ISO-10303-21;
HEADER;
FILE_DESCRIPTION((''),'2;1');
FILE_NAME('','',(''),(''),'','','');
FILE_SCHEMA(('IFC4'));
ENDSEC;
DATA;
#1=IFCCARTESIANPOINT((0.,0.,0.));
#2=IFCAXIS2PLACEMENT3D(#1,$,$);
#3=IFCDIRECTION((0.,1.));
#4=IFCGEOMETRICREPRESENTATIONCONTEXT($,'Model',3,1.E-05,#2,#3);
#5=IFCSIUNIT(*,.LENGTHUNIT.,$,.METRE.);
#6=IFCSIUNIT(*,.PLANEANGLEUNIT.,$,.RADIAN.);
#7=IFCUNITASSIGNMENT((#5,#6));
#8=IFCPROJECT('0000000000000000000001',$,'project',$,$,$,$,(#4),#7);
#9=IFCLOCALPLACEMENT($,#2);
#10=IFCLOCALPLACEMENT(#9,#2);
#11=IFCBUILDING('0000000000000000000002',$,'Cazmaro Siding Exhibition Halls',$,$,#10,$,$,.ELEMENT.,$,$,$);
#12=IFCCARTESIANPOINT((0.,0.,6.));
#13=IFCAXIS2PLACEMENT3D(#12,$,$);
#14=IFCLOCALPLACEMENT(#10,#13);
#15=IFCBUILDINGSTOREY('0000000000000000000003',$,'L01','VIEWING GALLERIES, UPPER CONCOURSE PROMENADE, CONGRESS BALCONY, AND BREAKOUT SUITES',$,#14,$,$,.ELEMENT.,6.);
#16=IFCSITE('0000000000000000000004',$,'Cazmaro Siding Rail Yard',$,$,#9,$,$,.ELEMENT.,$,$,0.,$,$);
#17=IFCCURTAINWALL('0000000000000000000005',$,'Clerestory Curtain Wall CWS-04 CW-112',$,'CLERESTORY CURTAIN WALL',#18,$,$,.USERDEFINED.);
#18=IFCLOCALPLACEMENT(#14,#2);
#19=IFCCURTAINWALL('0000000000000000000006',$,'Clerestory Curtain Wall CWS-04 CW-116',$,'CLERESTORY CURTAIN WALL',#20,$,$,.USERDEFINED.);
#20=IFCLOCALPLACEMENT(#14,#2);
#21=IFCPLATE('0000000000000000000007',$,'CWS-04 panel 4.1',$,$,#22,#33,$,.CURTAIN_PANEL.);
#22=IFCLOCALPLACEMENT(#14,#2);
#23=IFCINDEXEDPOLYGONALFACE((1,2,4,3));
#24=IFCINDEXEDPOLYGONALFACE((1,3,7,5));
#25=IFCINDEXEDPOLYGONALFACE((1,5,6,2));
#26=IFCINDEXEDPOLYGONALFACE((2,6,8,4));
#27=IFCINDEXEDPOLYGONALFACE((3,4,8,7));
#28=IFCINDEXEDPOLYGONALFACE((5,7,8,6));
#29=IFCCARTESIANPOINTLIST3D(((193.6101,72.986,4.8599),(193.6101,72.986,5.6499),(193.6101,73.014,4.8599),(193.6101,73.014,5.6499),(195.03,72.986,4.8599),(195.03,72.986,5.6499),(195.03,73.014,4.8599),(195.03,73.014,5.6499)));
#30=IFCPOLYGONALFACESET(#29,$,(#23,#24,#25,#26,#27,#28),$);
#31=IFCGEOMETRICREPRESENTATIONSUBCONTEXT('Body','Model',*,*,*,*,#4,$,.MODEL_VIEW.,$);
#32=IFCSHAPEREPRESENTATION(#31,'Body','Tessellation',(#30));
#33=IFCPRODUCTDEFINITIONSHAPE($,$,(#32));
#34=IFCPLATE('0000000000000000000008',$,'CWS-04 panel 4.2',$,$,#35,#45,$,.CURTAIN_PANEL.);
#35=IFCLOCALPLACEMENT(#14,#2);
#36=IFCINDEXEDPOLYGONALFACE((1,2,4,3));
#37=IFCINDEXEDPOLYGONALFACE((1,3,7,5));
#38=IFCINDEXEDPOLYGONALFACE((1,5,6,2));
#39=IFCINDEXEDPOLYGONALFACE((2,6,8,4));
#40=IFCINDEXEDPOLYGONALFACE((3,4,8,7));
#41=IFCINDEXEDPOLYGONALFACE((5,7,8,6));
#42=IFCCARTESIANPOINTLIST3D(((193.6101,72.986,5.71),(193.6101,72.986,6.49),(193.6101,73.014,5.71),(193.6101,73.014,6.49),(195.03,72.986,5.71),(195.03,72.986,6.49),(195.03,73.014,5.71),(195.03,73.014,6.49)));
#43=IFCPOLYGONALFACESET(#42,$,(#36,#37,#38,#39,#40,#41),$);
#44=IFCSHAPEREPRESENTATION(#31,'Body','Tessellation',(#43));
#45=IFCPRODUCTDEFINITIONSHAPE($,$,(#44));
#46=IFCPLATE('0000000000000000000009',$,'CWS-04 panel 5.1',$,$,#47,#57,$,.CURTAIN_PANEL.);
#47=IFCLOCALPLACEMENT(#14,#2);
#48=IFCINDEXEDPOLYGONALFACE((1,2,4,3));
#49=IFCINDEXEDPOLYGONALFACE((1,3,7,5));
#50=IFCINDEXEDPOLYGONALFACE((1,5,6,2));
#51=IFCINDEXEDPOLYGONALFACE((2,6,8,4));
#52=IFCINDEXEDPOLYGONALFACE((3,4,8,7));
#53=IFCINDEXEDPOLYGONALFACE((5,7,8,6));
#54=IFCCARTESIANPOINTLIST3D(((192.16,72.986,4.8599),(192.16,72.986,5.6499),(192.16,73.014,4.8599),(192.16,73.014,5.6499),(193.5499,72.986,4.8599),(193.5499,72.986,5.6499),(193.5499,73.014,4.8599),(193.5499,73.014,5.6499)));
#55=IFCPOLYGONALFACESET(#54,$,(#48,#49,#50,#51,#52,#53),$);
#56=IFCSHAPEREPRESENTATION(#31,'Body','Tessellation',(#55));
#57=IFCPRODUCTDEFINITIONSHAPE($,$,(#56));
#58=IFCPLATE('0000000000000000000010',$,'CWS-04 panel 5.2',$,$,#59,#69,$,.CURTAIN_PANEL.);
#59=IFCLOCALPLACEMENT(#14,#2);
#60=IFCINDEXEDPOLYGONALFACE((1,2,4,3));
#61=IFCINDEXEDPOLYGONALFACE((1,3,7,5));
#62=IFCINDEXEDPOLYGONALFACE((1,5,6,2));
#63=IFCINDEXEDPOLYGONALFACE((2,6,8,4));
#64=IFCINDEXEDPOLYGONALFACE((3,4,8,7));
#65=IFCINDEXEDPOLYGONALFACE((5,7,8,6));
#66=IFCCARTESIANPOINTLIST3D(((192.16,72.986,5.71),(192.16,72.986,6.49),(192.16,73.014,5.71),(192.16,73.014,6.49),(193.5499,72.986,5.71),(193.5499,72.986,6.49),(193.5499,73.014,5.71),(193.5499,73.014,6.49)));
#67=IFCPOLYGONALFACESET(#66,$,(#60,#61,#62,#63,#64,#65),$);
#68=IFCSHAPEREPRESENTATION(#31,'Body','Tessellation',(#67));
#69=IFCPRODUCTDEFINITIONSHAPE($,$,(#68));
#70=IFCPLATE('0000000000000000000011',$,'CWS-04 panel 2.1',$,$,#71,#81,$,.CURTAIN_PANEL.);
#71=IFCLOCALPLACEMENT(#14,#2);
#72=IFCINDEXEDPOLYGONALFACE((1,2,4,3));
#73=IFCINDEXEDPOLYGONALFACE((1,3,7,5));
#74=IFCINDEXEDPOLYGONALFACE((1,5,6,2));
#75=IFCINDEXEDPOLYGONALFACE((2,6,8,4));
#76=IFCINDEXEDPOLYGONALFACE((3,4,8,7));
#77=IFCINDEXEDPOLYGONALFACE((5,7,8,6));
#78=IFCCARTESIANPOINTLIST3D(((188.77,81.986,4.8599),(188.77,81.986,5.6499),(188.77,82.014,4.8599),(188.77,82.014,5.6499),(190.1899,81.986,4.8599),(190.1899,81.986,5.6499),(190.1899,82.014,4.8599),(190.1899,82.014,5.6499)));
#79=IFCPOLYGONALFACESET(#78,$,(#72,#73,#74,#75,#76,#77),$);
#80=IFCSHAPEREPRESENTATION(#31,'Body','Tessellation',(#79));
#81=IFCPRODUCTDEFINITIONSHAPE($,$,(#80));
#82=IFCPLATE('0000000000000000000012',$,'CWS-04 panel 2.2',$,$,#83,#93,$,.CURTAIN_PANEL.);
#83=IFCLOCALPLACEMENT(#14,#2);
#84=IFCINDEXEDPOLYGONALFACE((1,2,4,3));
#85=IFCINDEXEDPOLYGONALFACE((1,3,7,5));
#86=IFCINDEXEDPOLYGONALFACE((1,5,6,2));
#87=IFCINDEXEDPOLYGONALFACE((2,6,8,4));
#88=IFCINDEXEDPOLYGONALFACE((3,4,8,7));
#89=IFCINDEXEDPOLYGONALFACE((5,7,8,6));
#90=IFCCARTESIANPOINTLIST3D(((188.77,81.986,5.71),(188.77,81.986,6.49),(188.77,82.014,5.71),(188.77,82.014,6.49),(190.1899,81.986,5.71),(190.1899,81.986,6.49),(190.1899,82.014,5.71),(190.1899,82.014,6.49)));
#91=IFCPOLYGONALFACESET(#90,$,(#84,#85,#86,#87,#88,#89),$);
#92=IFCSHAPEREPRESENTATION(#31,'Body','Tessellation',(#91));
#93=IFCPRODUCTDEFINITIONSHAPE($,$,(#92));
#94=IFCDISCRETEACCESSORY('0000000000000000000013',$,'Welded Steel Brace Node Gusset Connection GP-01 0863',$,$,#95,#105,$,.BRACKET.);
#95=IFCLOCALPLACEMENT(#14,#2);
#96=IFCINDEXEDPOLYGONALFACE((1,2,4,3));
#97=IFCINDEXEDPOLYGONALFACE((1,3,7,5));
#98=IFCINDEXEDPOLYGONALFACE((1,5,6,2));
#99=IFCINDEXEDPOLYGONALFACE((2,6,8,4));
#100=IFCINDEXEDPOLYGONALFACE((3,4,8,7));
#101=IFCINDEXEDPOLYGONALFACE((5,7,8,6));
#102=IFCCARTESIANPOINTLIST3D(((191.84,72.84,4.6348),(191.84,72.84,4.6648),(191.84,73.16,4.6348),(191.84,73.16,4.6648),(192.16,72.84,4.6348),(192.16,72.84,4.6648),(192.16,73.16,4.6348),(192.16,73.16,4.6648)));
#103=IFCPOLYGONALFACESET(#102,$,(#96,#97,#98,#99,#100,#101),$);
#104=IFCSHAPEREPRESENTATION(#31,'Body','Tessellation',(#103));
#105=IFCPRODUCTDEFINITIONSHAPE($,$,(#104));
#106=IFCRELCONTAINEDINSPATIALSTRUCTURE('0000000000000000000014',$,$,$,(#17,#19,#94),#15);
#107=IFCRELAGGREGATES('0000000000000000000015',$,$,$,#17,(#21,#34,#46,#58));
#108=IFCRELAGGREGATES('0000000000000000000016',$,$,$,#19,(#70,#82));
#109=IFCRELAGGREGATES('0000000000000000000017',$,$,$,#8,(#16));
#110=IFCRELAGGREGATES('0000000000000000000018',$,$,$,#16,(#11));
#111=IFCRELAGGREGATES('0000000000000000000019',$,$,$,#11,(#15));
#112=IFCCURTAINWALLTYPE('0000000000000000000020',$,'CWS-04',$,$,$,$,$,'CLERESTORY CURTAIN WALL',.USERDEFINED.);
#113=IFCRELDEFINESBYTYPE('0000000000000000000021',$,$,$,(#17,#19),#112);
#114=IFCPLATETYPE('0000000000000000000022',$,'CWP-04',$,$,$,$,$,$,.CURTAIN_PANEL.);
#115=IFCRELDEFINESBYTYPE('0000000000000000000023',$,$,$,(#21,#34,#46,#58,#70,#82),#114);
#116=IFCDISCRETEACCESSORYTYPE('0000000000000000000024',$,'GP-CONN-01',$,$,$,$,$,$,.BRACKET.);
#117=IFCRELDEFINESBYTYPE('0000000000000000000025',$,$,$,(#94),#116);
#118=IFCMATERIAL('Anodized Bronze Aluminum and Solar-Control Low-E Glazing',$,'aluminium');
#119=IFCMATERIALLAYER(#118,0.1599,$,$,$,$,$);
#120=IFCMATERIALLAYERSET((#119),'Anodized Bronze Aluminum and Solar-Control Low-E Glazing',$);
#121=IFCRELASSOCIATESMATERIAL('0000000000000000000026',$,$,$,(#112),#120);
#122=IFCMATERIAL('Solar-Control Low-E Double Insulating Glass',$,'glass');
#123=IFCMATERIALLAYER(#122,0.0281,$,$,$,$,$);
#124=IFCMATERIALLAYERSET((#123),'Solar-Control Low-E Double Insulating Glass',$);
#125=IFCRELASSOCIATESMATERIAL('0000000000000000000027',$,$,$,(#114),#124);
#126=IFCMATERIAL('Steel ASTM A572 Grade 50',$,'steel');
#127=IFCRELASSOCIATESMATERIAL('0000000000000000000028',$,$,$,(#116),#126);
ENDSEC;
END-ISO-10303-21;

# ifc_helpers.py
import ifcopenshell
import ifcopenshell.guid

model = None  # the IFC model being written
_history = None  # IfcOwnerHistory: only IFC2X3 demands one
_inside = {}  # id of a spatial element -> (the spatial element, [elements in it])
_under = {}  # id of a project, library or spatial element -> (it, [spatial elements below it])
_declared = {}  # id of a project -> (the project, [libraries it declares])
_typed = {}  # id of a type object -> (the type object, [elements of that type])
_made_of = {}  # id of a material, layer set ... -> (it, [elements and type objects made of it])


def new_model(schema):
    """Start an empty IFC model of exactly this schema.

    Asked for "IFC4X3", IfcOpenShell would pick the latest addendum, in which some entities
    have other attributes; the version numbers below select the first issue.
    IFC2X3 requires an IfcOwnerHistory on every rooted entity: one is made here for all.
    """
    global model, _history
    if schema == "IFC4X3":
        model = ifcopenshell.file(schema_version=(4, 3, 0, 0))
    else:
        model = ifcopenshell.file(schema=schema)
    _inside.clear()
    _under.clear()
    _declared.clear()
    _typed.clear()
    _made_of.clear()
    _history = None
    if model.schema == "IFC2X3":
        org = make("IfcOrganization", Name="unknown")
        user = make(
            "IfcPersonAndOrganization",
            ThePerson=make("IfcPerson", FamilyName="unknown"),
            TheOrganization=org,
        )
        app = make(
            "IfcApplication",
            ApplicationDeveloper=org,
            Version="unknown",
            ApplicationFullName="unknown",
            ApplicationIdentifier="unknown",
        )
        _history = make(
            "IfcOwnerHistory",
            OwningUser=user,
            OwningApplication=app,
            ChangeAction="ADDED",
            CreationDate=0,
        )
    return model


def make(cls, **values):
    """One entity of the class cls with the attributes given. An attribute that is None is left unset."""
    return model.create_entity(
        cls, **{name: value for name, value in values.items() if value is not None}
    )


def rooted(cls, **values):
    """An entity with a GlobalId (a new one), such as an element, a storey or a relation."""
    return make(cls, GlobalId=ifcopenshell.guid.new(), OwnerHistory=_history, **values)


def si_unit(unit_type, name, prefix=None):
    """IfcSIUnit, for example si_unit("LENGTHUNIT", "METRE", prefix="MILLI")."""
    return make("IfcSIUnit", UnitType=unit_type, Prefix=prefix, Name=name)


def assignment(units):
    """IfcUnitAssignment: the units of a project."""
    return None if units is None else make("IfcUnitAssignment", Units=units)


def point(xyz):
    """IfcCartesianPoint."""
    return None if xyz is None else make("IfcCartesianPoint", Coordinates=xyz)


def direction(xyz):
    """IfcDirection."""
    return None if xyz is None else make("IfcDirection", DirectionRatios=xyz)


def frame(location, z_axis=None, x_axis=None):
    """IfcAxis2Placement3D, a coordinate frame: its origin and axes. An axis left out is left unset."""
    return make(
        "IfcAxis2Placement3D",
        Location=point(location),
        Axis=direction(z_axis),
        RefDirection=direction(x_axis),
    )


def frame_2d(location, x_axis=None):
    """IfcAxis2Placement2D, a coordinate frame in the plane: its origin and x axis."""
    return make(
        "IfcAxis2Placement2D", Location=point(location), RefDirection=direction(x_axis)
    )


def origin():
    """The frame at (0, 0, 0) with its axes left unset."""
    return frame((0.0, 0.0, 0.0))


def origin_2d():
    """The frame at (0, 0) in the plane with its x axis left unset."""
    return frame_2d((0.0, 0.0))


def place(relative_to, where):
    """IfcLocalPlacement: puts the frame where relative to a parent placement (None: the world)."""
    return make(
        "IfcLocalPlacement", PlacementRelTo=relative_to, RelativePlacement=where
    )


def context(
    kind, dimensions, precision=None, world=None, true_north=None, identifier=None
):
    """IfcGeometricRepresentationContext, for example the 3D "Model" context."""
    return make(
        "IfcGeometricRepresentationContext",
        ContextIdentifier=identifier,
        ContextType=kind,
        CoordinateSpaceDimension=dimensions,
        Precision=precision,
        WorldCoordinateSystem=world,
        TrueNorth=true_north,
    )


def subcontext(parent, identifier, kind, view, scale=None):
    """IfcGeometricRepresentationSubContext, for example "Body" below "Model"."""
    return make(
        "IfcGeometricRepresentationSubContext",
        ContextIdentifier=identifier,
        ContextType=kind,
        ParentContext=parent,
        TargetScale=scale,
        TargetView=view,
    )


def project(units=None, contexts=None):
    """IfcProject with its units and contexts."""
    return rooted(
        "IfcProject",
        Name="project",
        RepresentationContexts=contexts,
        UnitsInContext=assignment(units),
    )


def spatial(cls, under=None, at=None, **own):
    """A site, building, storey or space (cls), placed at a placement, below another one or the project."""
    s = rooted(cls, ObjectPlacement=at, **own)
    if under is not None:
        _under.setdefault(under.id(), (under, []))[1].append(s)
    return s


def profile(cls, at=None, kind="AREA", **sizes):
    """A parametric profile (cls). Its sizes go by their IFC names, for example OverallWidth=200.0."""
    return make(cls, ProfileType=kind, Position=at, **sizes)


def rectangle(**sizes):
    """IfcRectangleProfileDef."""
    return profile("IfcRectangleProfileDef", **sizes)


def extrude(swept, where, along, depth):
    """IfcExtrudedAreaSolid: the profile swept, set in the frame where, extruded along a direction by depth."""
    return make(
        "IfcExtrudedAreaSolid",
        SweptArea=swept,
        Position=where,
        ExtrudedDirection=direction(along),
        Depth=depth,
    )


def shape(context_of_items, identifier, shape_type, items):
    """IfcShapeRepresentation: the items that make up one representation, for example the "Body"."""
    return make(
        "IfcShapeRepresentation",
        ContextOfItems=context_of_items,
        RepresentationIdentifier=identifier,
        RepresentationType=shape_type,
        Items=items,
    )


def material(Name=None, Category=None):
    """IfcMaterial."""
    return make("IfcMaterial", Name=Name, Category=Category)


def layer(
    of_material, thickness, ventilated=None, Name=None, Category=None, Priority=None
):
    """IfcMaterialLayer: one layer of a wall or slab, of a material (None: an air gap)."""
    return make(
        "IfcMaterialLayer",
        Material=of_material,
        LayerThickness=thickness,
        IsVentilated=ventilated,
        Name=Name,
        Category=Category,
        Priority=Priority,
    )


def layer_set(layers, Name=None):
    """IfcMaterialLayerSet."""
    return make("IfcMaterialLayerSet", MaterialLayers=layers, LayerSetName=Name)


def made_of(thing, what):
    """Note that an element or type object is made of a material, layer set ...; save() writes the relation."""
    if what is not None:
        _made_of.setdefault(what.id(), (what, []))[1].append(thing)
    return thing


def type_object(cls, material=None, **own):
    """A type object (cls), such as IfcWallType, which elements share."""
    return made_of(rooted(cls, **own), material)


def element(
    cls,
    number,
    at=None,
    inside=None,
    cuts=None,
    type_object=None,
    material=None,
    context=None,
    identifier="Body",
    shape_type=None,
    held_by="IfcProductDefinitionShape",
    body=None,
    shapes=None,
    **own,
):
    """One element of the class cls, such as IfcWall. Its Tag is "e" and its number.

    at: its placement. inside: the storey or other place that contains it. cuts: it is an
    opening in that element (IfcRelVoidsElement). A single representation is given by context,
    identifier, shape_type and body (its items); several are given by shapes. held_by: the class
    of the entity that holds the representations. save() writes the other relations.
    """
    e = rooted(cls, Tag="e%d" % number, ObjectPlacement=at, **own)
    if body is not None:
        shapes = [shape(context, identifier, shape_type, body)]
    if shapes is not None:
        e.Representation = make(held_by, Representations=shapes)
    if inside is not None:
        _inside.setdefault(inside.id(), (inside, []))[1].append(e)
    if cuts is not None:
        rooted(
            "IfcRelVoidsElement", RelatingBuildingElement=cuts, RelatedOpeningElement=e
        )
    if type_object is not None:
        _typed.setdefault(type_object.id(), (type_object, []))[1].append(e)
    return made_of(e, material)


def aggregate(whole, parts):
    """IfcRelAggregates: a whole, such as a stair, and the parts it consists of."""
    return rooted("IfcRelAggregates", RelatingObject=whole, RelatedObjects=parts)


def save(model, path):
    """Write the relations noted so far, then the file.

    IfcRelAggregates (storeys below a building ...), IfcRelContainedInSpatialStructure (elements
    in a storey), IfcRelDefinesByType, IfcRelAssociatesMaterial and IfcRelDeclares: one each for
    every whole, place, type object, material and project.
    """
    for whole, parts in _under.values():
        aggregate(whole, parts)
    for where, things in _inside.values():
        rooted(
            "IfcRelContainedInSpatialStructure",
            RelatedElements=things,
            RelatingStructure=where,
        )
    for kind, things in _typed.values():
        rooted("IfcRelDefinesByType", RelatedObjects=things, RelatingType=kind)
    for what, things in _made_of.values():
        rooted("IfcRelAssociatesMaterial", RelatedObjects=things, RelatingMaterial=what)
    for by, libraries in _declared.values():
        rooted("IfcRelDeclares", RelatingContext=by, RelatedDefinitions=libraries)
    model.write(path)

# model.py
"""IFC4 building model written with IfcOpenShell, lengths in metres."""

from ifc_helpers import new_model, si_unit, direction, frame, origin, origin_2d, place, context, subcontext, project, spatial, rectangle, extrude, material, layer, layer_set, type_object, element, aggregate, save


model = new_model("IFC4")

# Units and contexts
model_context = context("Model", 3, precision=1e-05, world=origin(), true_north=direction((0.0, 1.0)))
body_context = subcontext(model_context, "Body", "Model", "MODEL_VIEW")
ifc_project = project(units=[si_unit("LENGTHUNIT", "METRE"), si_unit("PLANEANGLEUNIT", "RADIAN")], contexts=[model_context])

# Site, building, storey
site_placement = place(None, origin())
site = spatial("IfcSite", under=ifc_project, at=site_placement, Name="Cazmaro Siding Rail Yard", CompositionType="ELEMENT", RefElevation=0.0)
building_placement = place(site_placement, origin())
building = spatial("IfcBuilding", under=site, at=building_placement, Name="Cazmaro Siding Exhibition Halls", CompositionType="ELEMENT")
storey_placement = place(building_placement, frame((0.0, 0.0, 6.0)))
storey = spatial("IfcBuildingStorey", under=building, at=storey_placement, Name="L01", Description="VIEWING GALLERIES, UPPER CONCOURSE PROMENADE, CONGRESS BALCONY, AND BREAKOUT SUITES", CompositionType="ELEMENT", Elevation=6.0)

# Curtain wall
ifc_material_1 = material(Name="Anodized Bronze Aluminum and Solar-Control Low-E Glazing", Category="aluminium")
ifc_layer_1 = layer(ifc_material_1, 0.1599)
ifc_layer_set_1 = layer_set([ifc_layer_1], Name="Anodized Bronze Aluminum and Solar-Control Low-E Glazing")
curtain_wall_type = type_object("IfcCurtainWallType", Name="CWS-04", ElementType="CLERESTORY CURTAIN WALL", PredefinedType="USERDEFINED", material=ifc_layer_set_1)
curtain_wall_1_placement = place(storey_placement, origin())
curtain_wall_1 = element("IfcCurtainWall", 1, at=curtain_wall_1_placement, inside=storey, type_object=curtain_wall_type, Name="Clerestory Curtain Wall CWS-04 CW-112", ObjectType="CLERESTORY CURTAIN WALL", PredefinedType="USERDEFINED")

# Curtain wall
curtain_wall_2_placement = place(storey_placement, origin())
curtain_wall_2 = element("IfcCurtainWall", 2, at=curtain_wall_2_placement, inside=storey, type_object=curtain_wall_type, Name="Clerestory Curtain Wall CWS-04 CW-116", ObjectType="CLERESTORY CURTAIN WALL", PredefinedType="USERDEFINED")

# Plates
ifc_material_2 = material(Name="Solar-Control Low-E Double Insulating Glass", Category="glass")
ifc_layer_2 = layer(ifc_material_2, 0.0281)
ifc_layer_set_2 = layer_set([ifc_layer_2], Name="Solar-Control Low-E Double Insulating Glass")
plate_type = type_object("IfcPlateType", Name="CWP-04", PredefinedType="CURTAIN_PANEL", material=ifc_layer_set_2)
plate_1_placement = place(storey_placement, frame((194.3201, 73.0, 4.8599), z_axis=(0.0, 0.0, 1.0), x_axis=(-1.0, 0.0, 0.0)))
plate_1 = element("IfcPlate", 3, at=plate_1_placement, type_object=plate_type, Name="CWS-04 panel 4.1", PredefinedType="CURTAIN_PANEL", context=body_context, shape_type="SweptSolid", body=[
    extrude(rectangle(XDim=1.4199, YDim=0.0281, at=origin_2d()), origin(), (0.0, 0.0, 1.0), 0.79),
])
plate_2_placement = place(storey_placement, frame((194.3201, 73.0, 5.71), z_axis=(0.0, 0.0, 1.0), x_axis=(-1.0, 0.0, 0.0)))
plate_2 = element("IfcPlate", 4, at=plate_2_placement, type_object=plate_type, Name="CWS-04 panel 4.2", PredefinedType="CURTAIN_PANEL", context=body_context, shape_type="SweptSolid", body=[
    extrude(rectangle(XDim=1.4199, YDim=0.0281, at=origin_2d()), origin(), (0.0, 0.0, 1.0), 0.78),
])
plate_3_placement = place(storey_placement, frame((192.855, 73.0, 4.8599), z_axis=(0.0, 0.0, 1.0), x_axis=(-1.0, 0.0, 0.0)))
plate_3 = element("IfcPlate", 5, at=plate_3_placement, type_object=plate_type, Name="CWS-04 panel 5.1", PredefinedType="CURTAIN_PANEL", context=body_context, shape_type="SweptSolid", body=[
    extrude(rectangle(XDim=1.3899, YDim=0.0281, at=origin_2d()), origin(), (0.0, 0.0, 1.0), 0.79),
])
plate_4_placement = place(storey_placement, frame((192.855, 73.0, 5.71), z_axis=(0.0, 0.0, 1.0), x_axis=(-1.0, 0.0, 0.0)))
plate_4 = element("IfcPlate", 6, at=plate_4_placement, type_object=plate_type, Name="CWS-04 panel 5.2", PredefinedType="CURTAIN_PANEL", context=body_context, shape_type="SweptSolid", body=[
    extrude(rectangle(XDim=1.3899, YDim=0.0281, at=origin_2d()), origin(), (0.0, 0.0, 1.0), 0.78),
])
aggregate(curtain_wall_1, [plate_1, plate_2, plate_3, plate_4])
plate_5_placement = place(storey_placement, frame((189.48, 82.0, 4.8599), z_axis=(0.0, 0.0, 1.0), x_axis=(-1.0, 0.0, 0.0)))
plate_5 = element("IfcPlate", 7, at=plate_5_placement, type_object=plate_type, Name="CWS-04 panel 2.1", PredefinedType="CURTAIN_PANEL", context=body_context, shape_type="SweptSolid", body=[
    extrude(rectangle(XDim=1.4199, YDim=0.0281, at=origin_2d()), origin(), (0.0, 0.0, 1.0), 0.79),
])
plate_6_placement = place(storey_placement, frame((189.48, 82.0, 5.71), z_axis=(0.0, 0.0, 1.0), x_axis=(-1.0, 0.0, 0.0)))
plate_6 = element("IfcPlate", 8, at=plate_6_placement, type_object=plate_type, Name="CWS-04 panel 2.2", PredefinedType="CURTAIN_PANEL", context=body_context, shape_type="SweptSolid", body=[
    extrude(rectangle(XDim=1.4199, YDim=0.0281, at=origin_2d()), origin(), (0.0, 0.0, 1.0), 0.78),
])
aggregate(curtain_wall_2, [plate_5, plate_6])

# Discrete accessory
ifc_material_3 = material(Name="Steel ASTM A572 Grade 50", Category="steel")
discrete_accessory_type = type_object("IfcDiscreteAccessoryType", Name="GP-CONN-01", PredefinedType="BRACKET", material=ifc_material_3)
discrete_accessory_placement = place(storey_placement, frame((192.0, 73.0, 4.6348), z_axis=(0.0, 0.0, 1.0), x_axis=(1.0, 0.0, 0.0)))
element("IfcDiscreteAccessory", 9, at=discrete_accessory_placement, inside=storey, type_object=discrete_accessory_type, Name="Welded Steel Brace Node Gusset Connection GP-01 0863", PredefinedType="BRACKET", context=body_context, shape_type="SweptSolid", body=[
    extrude(rectangle(XDim=0.3201, YDim=0.3201, at=origin_2d()), origin(), (0.0, 0.0, 1.0), 0.03),
])

save(model, "model.ifc")
